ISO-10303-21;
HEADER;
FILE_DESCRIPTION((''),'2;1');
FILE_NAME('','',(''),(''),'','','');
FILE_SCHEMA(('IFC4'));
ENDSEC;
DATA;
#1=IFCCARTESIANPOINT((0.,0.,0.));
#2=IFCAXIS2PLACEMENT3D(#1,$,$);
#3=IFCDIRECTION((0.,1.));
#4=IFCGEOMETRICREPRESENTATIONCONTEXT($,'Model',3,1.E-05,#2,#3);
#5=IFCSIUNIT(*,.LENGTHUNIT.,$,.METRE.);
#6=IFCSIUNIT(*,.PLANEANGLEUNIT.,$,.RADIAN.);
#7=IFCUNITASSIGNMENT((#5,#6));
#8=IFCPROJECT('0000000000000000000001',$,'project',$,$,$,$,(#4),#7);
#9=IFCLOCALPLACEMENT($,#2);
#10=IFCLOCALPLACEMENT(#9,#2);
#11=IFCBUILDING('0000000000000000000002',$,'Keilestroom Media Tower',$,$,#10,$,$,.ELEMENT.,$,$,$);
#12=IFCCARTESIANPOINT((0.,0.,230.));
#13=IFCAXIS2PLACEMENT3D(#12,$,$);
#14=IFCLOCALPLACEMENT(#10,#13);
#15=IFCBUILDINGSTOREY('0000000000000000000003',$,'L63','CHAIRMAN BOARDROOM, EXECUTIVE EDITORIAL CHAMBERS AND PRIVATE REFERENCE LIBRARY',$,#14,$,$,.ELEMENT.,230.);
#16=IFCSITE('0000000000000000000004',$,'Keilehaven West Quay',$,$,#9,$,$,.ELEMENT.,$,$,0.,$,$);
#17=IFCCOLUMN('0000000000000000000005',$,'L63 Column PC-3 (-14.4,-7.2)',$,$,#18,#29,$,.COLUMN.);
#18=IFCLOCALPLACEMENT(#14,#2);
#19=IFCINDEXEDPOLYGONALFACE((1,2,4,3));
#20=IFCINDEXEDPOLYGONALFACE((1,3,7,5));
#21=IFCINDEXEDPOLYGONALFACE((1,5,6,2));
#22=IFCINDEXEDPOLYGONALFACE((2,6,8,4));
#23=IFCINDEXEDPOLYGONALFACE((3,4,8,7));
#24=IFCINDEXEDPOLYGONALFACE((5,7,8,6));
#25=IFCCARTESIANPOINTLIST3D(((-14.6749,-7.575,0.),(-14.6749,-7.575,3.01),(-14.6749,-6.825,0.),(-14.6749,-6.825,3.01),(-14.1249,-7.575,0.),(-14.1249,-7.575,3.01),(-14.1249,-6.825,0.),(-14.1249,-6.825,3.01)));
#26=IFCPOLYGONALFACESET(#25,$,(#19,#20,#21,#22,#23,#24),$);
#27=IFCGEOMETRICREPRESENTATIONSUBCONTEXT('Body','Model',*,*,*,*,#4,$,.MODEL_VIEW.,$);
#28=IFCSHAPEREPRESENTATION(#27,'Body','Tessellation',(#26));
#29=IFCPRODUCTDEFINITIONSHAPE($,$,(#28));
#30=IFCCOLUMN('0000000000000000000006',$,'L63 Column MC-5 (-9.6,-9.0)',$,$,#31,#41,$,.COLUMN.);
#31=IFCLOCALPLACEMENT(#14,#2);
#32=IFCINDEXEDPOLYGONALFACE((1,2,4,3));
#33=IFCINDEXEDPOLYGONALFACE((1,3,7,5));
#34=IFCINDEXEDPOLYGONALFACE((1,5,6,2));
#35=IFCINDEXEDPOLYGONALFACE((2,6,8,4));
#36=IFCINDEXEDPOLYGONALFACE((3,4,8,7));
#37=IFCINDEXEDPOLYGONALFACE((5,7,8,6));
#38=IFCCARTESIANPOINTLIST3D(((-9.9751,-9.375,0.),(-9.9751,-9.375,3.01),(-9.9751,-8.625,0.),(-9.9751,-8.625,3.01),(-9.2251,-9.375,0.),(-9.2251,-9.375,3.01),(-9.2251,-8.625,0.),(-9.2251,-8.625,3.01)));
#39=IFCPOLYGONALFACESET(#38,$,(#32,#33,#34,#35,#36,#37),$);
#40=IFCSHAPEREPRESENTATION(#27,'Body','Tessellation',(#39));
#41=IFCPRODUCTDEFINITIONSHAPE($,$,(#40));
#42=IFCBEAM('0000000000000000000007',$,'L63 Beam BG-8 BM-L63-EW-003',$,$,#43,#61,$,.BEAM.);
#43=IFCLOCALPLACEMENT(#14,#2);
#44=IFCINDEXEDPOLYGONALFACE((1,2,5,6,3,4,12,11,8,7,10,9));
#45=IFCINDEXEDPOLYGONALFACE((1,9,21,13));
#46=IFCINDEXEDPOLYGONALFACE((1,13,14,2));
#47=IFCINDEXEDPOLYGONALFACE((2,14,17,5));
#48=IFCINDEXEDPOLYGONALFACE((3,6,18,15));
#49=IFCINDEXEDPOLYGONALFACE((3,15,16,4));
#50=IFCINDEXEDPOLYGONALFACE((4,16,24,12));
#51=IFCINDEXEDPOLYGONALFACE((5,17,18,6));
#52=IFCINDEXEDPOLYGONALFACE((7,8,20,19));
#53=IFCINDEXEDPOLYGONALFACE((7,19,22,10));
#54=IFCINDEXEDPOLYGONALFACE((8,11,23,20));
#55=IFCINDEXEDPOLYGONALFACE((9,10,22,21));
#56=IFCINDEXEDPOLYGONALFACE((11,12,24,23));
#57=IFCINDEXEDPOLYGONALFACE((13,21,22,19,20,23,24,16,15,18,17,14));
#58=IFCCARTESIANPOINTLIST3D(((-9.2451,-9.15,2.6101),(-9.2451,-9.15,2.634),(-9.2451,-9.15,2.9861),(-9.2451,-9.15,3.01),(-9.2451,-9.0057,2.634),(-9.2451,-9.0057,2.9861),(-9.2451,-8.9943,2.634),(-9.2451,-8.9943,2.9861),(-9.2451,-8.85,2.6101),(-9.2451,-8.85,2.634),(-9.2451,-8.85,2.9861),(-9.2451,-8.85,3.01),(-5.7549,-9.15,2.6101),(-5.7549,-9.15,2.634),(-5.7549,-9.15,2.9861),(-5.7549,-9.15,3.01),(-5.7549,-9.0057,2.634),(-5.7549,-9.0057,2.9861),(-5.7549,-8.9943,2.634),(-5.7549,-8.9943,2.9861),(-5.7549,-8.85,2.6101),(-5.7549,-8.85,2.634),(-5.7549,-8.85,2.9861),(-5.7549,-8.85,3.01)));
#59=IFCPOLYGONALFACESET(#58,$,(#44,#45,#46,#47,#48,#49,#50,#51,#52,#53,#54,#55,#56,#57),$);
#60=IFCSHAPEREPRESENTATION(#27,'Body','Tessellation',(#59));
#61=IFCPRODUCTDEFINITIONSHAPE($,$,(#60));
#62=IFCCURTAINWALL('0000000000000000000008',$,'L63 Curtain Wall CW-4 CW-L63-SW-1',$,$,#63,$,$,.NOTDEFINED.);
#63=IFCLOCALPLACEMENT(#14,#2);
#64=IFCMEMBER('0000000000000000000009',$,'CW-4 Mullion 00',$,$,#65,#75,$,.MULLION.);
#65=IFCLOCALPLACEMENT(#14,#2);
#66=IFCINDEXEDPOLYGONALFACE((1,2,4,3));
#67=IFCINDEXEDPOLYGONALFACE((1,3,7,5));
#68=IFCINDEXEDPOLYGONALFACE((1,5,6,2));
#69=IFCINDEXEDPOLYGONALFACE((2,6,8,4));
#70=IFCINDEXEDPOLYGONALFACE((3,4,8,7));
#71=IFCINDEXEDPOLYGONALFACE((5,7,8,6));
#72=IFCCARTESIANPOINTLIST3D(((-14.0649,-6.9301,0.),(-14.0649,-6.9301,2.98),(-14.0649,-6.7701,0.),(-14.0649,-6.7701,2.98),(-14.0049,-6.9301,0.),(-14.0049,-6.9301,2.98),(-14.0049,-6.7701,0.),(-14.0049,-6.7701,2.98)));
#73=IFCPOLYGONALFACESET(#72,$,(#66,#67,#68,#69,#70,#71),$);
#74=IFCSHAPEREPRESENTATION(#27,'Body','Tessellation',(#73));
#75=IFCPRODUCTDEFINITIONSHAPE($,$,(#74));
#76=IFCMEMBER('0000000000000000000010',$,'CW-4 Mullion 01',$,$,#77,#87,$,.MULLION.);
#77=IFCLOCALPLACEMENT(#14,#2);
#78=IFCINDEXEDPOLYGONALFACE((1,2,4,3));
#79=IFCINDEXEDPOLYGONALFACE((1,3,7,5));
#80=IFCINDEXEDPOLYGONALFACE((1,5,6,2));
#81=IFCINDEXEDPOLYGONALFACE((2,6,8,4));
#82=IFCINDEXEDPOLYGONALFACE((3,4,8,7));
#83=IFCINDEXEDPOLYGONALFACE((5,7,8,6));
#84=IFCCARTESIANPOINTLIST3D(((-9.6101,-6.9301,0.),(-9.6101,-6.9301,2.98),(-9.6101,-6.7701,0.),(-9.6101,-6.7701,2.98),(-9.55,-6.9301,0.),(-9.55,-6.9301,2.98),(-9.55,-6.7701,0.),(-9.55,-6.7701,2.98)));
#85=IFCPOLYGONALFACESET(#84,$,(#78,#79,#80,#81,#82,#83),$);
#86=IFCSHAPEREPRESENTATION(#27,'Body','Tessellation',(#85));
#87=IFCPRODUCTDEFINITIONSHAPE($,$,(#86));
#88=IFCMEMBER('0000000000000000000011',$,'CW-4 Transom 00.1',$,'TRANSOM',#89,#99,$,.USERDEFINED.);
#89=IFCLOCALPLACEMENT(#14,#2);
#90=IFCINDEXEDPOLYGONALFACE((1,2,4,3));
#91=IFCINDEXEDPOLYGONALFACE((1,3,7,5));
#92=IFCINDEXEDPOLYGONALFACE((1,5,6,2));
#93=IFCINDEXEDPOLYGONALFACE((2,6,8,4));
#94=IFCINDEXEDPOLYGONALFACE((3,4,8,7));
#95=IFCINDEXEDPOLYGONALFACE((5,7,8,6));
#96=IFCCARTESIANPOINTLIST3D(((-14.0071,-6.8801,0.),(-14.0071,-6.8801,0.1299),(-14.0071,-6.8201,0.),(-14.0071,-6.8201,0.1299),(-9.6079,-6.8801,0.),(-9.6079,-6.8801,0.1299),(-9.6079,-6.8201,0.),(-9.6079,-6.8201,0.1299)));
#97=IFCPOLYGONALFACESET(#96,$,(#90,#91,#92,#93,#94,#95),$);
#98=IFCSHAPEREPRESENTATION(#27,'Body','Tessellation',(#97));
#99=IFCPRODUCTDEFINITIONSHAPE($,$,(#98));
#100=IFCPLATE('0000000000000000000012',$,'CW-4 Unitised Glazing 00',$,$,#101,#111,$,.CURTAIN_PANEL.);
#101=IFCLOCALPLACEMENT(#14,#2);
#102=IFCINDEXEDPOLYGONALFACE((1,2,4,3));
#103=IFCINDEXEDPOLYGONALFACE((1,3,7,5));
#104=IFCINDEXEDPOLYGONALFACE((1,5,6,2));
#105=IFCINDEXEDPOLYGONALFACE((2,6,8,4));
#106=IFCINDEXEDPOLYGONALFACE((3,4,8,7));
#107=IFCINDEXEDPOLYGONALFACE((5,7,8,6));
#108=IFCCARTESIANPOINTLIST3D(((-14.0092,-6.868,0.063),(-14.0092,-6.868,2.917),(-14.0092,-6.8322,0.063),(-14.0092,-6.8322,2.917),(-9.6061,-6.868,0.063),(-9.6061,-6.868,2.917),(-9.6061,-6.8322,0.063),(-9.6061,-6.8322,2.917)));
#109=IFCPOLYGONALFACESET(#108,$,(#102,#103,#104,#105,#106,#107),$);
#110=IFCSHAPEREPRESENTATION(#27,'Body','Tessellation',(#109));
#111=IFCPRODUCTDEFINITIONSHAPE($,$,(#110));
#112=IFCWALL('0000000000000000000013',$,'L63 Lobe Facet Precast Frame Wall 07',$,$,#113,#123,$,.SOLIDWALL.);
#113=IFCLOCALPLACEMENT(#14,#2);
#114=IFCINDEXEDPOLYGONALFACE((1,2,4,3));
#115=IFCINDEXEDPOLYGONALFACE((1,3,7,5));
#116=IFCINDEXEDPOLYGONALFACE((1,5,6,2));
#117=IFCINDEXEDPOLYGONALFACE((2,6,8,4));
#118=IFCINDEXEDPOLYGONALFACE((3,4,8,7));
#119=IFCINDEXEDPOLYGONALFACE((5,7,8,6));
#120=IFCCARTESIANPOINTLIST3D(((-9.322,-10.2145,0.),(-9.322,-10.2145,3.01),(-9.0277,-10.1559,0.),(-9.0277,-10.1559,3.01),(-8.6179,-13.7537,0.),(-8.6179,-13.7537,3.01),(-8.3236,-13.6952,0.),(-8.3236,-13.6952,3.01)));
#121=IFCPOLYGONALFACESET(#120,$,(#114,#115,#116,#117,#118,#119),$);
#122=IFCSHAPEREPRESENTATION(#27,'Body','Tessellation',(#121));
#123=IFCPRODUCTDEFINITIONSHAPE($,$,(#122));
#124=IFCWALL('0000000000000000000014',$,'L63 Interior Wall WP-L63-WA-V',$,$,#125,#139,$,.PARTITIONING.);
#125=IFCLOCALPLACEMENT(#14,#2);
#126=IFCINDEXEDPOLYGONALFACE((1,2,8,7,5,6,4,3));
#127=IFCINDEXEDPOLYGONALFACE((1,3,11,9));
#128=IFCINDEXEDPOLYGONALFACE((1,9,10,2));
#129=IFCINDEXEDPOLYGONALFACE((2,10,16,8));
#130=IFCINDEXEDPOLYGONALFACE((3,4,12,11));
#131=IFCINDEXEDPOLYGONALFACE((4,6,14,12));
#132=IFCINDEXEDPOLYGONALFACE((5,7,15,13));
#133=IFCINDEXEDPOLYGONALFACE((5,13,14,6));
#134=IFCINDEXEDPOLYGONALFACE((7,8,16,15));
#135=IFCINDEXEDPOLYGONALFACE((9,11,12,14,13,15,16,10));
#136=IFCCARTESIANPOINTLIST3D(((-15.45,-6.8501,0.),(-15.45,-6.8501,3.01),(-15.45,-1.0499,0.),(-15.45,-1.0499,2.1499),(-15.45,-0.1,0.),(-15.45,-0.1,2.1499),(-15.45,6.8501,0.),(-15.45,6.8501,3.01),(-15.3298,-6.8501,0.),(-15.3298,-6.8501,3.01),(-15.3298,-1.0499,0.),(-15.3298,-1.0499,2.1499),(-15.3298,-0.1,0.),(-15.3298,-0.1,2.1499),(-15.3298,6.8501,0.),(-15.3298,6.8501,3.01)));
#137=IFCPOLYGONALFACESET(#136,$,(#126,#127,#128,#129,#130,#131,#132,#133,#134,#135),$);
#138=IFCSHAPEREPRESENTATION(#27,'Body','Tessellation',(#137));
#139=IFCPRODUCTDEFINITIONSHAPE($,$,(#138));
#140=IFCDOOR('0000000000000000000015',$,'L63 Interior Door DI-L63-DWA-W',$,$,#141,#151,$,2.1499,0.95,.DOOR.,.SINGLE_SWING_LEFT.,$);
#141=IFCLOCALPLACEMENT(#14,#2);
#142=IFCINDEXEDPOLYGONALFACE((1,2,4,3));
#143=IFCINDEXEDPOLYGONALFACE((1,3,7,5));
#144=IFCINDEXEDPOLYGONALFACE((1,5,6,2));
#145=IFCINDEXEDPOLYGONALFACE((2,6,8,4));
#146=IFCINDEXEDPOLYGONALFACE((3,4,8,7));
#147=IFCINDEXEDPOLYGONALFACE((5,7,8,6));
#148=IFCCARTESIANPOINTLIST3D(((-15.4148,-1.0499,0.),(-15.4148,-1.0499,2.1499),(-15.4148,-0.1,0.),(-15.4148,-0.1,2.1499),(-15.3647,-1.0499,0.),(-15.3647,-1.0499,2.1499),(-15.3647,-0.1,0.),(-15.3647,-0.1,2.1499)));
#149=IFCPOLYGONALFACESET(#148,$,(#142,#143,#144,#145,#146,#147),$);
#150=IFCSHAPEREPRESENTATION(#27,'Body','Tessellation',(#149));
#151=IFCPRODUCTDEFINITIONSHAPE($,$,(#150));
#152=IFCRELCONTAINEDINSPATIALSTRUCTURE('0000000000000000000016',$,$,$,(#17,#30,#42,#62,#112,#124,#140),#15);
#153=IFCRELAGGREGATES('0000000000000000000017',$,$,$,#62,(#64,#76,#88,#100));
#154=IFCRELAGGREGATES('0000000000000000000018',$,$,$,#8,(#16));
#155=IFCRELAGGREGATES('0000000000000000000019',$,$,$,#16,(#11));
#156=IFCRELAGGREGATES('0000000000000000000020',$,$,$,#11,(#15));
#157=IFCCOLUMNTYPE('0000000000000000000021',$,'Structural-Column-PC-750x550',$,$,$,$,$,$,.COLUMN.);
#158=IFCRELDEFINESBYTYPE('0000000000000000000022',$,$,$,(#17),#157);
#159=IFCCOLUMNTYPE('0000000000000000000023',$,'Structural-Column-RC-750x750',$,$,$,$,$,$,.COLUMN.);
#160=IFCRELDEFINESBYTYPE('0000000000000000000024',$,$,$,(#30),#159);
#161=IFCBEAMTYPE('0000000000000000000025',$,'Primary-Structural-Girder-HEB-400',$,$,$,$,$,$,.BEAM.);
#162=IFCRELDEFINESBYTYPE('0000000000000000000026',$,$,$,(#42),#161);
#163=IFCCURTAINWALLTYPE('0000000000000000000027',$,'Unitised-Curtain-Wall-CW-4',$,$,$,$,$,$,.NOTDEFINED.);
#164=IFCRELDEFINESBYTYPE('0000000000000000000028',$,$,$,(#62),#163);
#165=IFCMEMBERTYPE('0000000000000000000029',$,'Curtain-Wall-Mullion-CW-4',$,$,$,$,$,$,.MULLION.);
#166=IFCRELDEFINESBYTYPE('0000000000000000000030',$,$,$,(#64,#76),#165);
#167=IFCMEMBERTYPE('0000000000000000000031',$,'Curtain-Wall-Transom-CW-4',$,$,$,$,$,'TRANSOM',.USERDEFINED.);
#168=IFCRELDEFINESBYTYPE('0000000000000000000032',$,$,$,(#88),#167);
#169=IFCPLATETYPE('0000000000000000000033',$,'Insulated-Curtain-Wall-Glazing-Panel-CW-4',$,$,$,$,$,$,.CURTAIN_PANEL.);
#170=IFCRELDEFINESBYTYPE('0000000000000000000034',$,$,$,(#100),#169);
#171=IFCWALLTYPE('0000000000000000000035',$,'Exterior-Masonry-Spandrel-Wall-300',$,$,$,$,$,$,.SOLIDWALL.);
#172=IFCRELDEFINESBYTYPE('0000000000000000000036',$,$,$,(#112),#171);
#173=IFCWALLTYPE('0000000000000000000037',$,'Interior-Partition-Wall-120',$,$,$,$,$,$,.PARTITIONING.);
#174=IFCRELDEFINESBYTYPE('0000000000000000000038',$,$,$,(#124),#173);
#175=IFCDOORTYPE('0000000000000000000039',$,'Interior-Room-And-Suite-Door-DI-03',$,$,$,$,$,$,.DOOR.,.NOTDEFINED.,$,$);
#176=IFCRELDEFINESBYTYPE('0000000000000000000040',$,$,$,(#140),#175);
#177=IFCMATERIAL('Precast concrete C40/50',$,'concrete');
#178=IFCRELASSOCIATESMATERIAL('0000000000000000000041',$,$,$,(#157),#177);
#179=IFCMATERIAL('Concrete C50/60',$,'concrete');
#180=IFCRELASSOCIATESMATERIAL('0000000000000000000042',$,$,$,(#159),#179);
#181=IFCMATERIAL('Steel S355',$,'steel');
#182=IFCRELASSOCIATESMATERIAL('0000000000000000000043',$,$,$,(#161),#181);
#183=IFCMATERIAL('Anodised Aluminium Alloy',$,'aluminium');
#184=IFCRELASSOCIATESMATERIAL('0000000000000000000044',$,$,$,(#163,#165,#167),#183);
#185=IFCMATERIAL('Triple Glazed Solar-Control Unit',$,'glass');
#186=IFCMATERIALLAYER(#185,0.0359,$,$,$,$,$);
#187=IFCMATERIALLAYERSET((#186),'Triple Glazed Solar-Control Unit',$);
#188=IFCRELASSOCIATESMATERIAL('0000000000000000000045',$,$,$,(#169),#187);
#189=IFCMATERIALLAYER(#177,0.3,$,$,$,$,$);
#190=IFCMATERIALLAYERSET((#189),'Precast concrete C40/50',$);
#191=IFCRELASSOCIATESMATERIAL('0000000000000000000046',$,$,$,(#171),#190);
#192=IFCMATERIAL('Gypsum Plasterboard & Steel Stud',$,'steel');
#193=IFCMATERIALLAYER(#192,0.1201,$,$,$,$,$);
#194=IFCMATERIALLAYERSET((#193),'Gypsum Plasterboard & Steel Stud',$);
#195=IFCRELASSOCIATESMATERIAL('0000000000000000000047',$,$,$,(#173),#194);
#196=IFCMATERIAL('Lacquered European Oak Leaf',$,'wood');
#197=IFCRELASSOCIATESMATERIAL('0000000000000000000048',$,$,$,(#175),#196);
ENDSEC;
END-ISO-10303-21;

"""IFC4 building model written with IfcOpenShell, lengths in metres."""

from ifc_helpers import new_model, si_unit, direction, frame, frame_2d, origin, origin_2d, place, context, subcontext, project, spatial, rectangle, i_section, extrude, source, transform, mapped, material, layer, layer_set, material_profile, profile_set, type_object, element, fill, aggregate, save


model = new_model("IFC4")

# Units and contexts
model_context = context("Model", 3, precision=1e-05, world=origin(), true_north=direction((0.0, 1.0)))
body_context = subcontext(model_context, "Body", "Model", "MODEL_VIEW")
ifc_project = project(units=[si_unit("LENGTHUNIT", "METRE"), si_unit("PLANEANGLEUNIT", "RADIAN")], contexts=[model_context])

# Site, building, storey
site_placement = place(None, origin())
site = spatial("IfcSite", under=ifc_project, at=site_placement, Name="Keilehaven West Quay", CompositionType="ELEMENT", RefElevation=0.0)
building_placement = place(site_placement, origin())
building = spatial("IfcBuilding", under=site, at=building_placement, Name="Keilestroom Media Tower", CompositionType="ELEMENT")
storey_placement = place(building_placement, frame((0.0, 0.0, 230.0)))
storey = spatial("IfcBuildingStorey", under=building, at=storey_placement, Name="L63", Description="CHAIRMAN BOARDROOM, EXECUTIVE EDITORIAL CHAMBERS AND PRIVATE REFERENCE LIBRARY", CompositionType="ELEMENT", Elevation=230.0)

# Columns
ifc_material_1 = material(Name="Precast concrete C40/50", Category="concrete")
ifc_material_profile_1 = material_profile(ifc_material_1, rectangle(XDim=0.55, YDim=0.75, at=origin_2d()), Name="PC 750x550")
ifc_profile_set_1 = profile_set([ifc_material_profile_1], Name="Precast concrete C40/50")
column_type_1 = type_object("IfcColumnType", Name="Structural-Column-PC-750x550", PredefinedType="COLUMN", material=ifc_profile_set_1)
shared_shape_1 = source(origin(), body_context, "Body", "SweptSolid", [
    extrude(rectangle(XDim=0.55, YDim=0.75, at=origin_2d()), origin(), (0.0, 0.0, 1.0), 3.01),
])
column_1_placement = place(storey_placement, frame((-14.3999, -7.2, 0.0), z_axis=(0.0, 0.0, 1.0), x_axis=(1.0, 0.0, 0.0)))
element("IfcColumn", 1, at=column_1_placement, inside=storey, type_object=column_type_1, Name="L63 Column PC-3 (-14.4,-7.2)", PredefinedType="COLUMN", context=body_context, shape_type="MappedRepresentation", body=[
    mapped(shared_shape_1, transform((0.0, 0.0, 0.0), x_axis=(1.0, 0.0, 0.0), y_axis=(0.0, 1.0, 0.0), z_axis=(0.0, 0.0, 1.0), scale=1.0)),
])
ifc_material_2 = material(Name="Concrete C50/60", Category="concrete")
ifc_material_profile_2 = material_profile(ifc_material_2, rectangle(XDim=0.75, YDim=0.75, at=origin_2d()), Name="RC 750x750")
ifc_profile_set_2 = profile_set([ifc_material_profile_2], Name="Concrete C50/60")
column_type_2 = type_object("IfcColumnType", Name="Structural-Column-RC-750x750", PredefinedType="COLUMN", material=ifc_profile_set_2)
shared_shape_2 = source(origin(), body_context, "Body", "SweptSolid", [
    extrude(rectangle(XDim=0.75, YDim=0.75, at=origin_2d()), origin(), (0.0, 0.0, 1.0), 3.01),
])
column_2_placement = place(storey_placement, frame((-9.6001, -9.0, 0.0), z_axis=(0.0, 0.0, 1.0), x_axis=(1.0, 0.0, 0.0)))
element("IfcColumn", 2, at=column_2_placement, inside=storey, type_object=column_type_2, Name="L63 Column MC-5 (-9.6,-9.0)", PredefinedType="COLUMN", context=body_context, shape_type="MappedRepresentation", body=[
    mapped(shared_shape_2, transform((0.0, 0.0, 0.0), x_axis=(1.0, 0.0, 0.0), y_axis=(0.0, 1.0, 0.0), z_axis=(0.0, 0.0, 1.0), scale=1.0)),
])

# Beam
ifc_material_3 = material(Name="Steel S355", Category="steel")
ifc_material_profile_3 = material_profile(ifc_material_3, i_section(OverallWidth=0.3, OverallDepth=0.3999, WebThickness=0.0115, FlangeThickness=0.0239, at=origin_2d()), Name="HEB 400")
ifc_profile_set_3 = profile_set([ifc_material_profile_3], Name="Steel S355")
beam_type = type_object("IfcBeamType", Name="Primary-Structural-Girder-HEB-400", PredefinedType="BEAM", material=ifc_profile_set_3)
shared_shape_3 = source(origin(), body_context, "Body", "SweptSolid", [
    extrude(i_section(OverallWidth=0.3, OverallDepth=0.3999, WebThickness=0.0115, FlangeThickness=0.0239, at=origin_2d()), origin(), (0.0, 0.0, 1.0), 3.4902),
])
beam_placement = place(storey_placement, frame((-9.2451, -9.0, 2.8101), z_axis=(1.0, 0.0, 0.0), x_axis=(0.0, 1.0, 0.0)))
element("IfcBeam", 3, at=beam_placement, inside=storey, type_object=beam_type, Name="L63 Beam BG-8 BM-L63-EW-003", PredefinedType="BEAM", context=body_context, shape_type="MappedRepresentation", body=[
    mapped(shared_shape_3, transform((0.0, 0.0, 0.0), x_axis=(1.0, 0.0, 0.0), y_axis=(0.0, 1.0, 0.0), z_axis=(0.0, 0.0, 1.0), scale=1.0)),
])

# Curtain wall, members, plate
ifc_material_4 = material(Name="Anodised Aluminium Alloy", Category="aluminium")
curtain_wall_type = type_object("IfcCurtainWallType", Name="Unitised-Curtain-Wall-CW-4", PredefinedType="NOTDEFINED", material=ifc_material_4)
curtain_wall_placement = place(storey_placement, origin())
curtain_wall = element("IfcCurtainWall", 4, at=curtain_wall_placement, inside=storey, type_object=curtain_wall_type, Name="L63 Curtain Wall CW-4 CW-L63-SW-1", PredefinedType="NOTDEFINED")
ifc_material_profile_4 = material_profile(ifc_material_4, rectangle(XDim=0.0601, YDim=0.1599, at=origin_2d()), Name="ALU MULLION 60x160")
ifc_profile_set_4 = profile_set([ifc_material_profile_4], Name="Anodised Aluminium Alloy")
member_type_1 = type_object("IfcMemberType", Name="Curtain-Wall-Mullion-CW-4", PredefinedType="MULLION", material=ifc_profile_set_4)
shared_shape_4 = source(origin(), body_context, "Body", "SweptSolid", [
    extrude(rectangle(XDim=0.0601, YDim=0.1599, at=origin_2d()), origin(), (0.0, 0.0, 1.0), 2.98),
])
member_1_placement = place(storey_placement, frame((-14.0349, -6.8501, 0.0), z_axis=(0.0, 0.0, 1.0), x_axis=(1.0, 0.0, 0.0)))
member_1 = element("IfcMember", 5, at=member_1_placement, type_object=member_type_1, Name="CW-4 Mullion 00", PredefinedType="MULLION", context=body_context, shape_type="MappedRepresentation", body=[
    mapped(shared_shape_4, transform((0.0, 0.0, 0.0), x_axis=(1.0, 0.0, 0.0), y_axis=(0.0, 1.0, 0.0), z_axis=(0.0, 0.0, 1.0), scale=1.0)),
])
member_2_placement = place(storey_placement, frame((-9.5801, -6.8501, 0.0), z_axis=(0.0, 0.0, 1.0), x_axis=(1.0, 0.0, 0.0)))
member_2 = element("IfcMember", 6, at=member_2_placement, type_object=member_type_1, Name="CW-4 Mullion 01", PredefinedType="MULLION", context=body_context, shape_type="MappedRepresentation", body=[
    mapped(shared_shape_4, transform((0.0, 0.0, 0.0), x_axis=(1.0, 0.0, 0.0), y_axis=(0.0, 1.0, 0.0), z_axis=(0.0, 0.0, 1.0), scale=1.0)),
])
ifc_material_profile_5 = material_profile(ifc_material_4, rectangle(XDim=0.0601, YDim=0.1299, at=origin_2d()), Name="ALU TRANSOM 60x130")
ifc_profile_set_5 = profile_set([ifc_material_profile_5], Name="Anodised Aluminium Alloy")
member_type_2 = type_object("IfcMemberType", Name="Curtain-Wall-Transom-CW-4", ElementType="TRANSOM", PredefinedType="USERDEFINED", material=ifc_profile_set_5)
shared_shape_5 = source(origin(), body_context, "Body", "SweptSolid", [
    extrude(rectangle(XDim=0.0601, YDim=0.1299, at=origin_2d()), origin(), (0.0, 0.0, 1.0), 4.3992),
])
member_3_placement = place(storey_placement, frame((-14.0071, -6.8501, 0.0649), z_axis=(1.0, 0.0, 0.0), x_axis=(0.0, 1.0, 0.0)))
member_3 = element("IfcMember", 7, at=member_3_placement, type_object=member_type_2, Name="CW-4 Transom 00.1", ObjectType="TRANSOM", PredefinedType="USERDEFINED", context=body_context, shape_type="MappedRepresentation", body=[
    mapped(shared_shape_5, transform((0.0, 0.0, 0.0), x_axis=(1.0, 0.0, 0.0), y_axis=(0.0, 1.0, 0.0), z_axis=(0.0, 0.0, 1.0), scale=1.0)),
])
ifc_material_5 = material(Name="Triple Glazed Solar-Control Unit", Category="glass")
ifc_layer_1 = layer(ifc_material_5, 0.0359)
ifc_layer_set_1 = layer_set([ifc_layer_1], Name="Triple Glazed Solar-Control Unit")
plate_type = type_object("IfcPlateType", Name="Insulated-Curtain-Wall-Glazing-Panel-CW-4", PredefinedType="CURTAIN_PANEL", material=ifc_layer_set_1)
shared_shape_6 = source(origin(), body_context, "Body", "SweptSolid", [
    extrude(rectangle(XDim=4.4031, YDim=0.0359, at=origin_2d()), origin(), (0.0, 0.0, 1.0), 2.854),
])
plate_placement = place(storey_placement, frame((-11.8076, -6.8501, 0.063), z_axis=(0.0, 0.0, 1.0), x_axis=(1.0, 0.0, 0.0)))
plate = element("IfcPlate", 8, at=plate_placement, type_object=plate_type, Name="CW-4 Unitised Glazing 00", PredefinedType="CURTAIN_PANEL", context=body_context, shape_type="MappedRepresentation", body=[
    mapped(shared_shape_6, transform((0.0, 0.0, 0.0), x_axis=(1.0, 0.0, 0.0), y_axis=(0.0, 1.0, 0.0), z_axis=(0.0, 0.0, 1.0), scale=1.0)),
])
aggregate(curtain_wall, [member_1, member_2, member_3, plate])

# Wall
ifc_layer_2 = layer(ifc_material_1, 0.3)
ifc_layer_set_2 = layer_set([ifc_layer_2], Name="Precast concrete C40/50")
wall_type_1 = type_object("IfcWallType", Name="Exterior-Masonry-Spandrel-Wall-300", PredefinedType="SOLIDWALL", material=ifc_layer_set_2)
wall_1_placement = place(storey_placement, frame((-9.1748, -10.1853, 0.0), z_axis=(0.0, 0.0, 1.0), x_axis=(0.195114, -0.980781, 0.0)))
element("IfcWall", 9, at=wall_1_placement, inside=storey, type_object=wall_type_1, Name="L63 Lobe Facet Precast Frame Wall 07", PredefinedType="SOLIDWALL", context=body_context, shape_type="SweptSolid", body=[
    extrude(rectangle(XDim=3.6086, YDim=0.3, at=frame_2d((1.8042, 0.0))), origin(), (0.0, 0.0, 1.0), 3.01),
])

# Wall, opening, door
ifc_material_6 = material(Name="Gypsum Plasterboard & Steel Stud", Category="steel")
ifc_layer_3 = layer(ifc_material_6, 0.1201)
ifc_layer_set_3 = layer_set([ifc_layer_3], Name="Gypsum Plasterboard & Steel Stud")
wall_type_2 = type_object("IfcWallType", Name="Interior-Partition-Wall-120", PredefinedType="PARTITIONING", material=ifc_layer_set_3)
wall_2_placement = place(storey_placement, frame((-15.3899, -6.8501, 0.0), z_axis=(0.0, 0.0, 1.0), x_axis=(0.0, 1.0, 0.0)))
wall_2 = element("IfcWall", 10, at=wall_2_placement, inside=storey, type_object=wall_type_2, Name="L63 Interior Wall WP-L63-WA-V", PredefinedType="PARTITIONING", context=body_context, shape_type="SweptSolid", body=[
    extrude(rectangle(XDim=13.7002, YDim=0.1201, at=frame_2d((6.8501, 0.0))), origin(), (0.0, 0.0, 1.0), 3.01),
])
opening_1_placement = place(wall_2_placement, frame((5.8, 0.0, 0.0)))
opening_1 = element("IfcOpeningElement", 11, at=opening_1_placement, cuts=wall_2, PredefinedType="OPENING", context=body_context, shape_type="SweptSolid", body=[
    extrude(rectangle(XDim=0.95, YDim=2.1499, at=frame_2d((0.4751, 1.075))), frame((0.0, 0.0701, 0.0), z_axis=(0.0, -1.0, 0.0), x_axis=(1.0, 0.0, 0.0)), (0.0, 0.0, 1.0), 0.1401),
])
ifc_material_7 = material(Name="Lacquered European Oak Leaf", Category="wood")
door_type_1 = type_object("IfcDoorType", Name="Interior-Room-And-Suite-Door-DI-03", OperationType="NOTDEFINED", PredefinedType="DOOR", material=ifc_material_7)
shared_shape_7 = source(origin(), body_context, "Body", "SweptSolid", [
    extrude(rectangle(XDim=0.95, YDim=2.1499, at=frame_2d((0.4751, 1.075))), frame((0.0, 0.0249, 0.0), z_axis=(0.0, -1.0, 0.0), x_axis=(1.0, 0.0, 0.0)), (0.0, 0.0, 1.0), 0.05),
])
door_1_placement = place(opening_1_placement, origin())
door_1 = element("IfcDoor", 12, at=door_1_placement, inside=storey, type_object=door_type_1, Name="L63 Interior Door DI-L63-DWA-W", OperationType="SINGLE_SWING_LEFT", OverallHeight=2.1499, OverallWidth=0.95, PredefinedType="DOOR", context=body_context, shape_type="MappedRepresentation", body=[
    mapped(shared_shape_7, transform((0.0, 0.0, 0.0), x_axis=(1.0, 0.0, 0.0), y_axis=(0.0, 1.0, 0.0), z_axis=(0.0, 0.0, 1.0), scale=1.0)),
])
fill(opening_1, door_1)

save(model, "model.ifc")
